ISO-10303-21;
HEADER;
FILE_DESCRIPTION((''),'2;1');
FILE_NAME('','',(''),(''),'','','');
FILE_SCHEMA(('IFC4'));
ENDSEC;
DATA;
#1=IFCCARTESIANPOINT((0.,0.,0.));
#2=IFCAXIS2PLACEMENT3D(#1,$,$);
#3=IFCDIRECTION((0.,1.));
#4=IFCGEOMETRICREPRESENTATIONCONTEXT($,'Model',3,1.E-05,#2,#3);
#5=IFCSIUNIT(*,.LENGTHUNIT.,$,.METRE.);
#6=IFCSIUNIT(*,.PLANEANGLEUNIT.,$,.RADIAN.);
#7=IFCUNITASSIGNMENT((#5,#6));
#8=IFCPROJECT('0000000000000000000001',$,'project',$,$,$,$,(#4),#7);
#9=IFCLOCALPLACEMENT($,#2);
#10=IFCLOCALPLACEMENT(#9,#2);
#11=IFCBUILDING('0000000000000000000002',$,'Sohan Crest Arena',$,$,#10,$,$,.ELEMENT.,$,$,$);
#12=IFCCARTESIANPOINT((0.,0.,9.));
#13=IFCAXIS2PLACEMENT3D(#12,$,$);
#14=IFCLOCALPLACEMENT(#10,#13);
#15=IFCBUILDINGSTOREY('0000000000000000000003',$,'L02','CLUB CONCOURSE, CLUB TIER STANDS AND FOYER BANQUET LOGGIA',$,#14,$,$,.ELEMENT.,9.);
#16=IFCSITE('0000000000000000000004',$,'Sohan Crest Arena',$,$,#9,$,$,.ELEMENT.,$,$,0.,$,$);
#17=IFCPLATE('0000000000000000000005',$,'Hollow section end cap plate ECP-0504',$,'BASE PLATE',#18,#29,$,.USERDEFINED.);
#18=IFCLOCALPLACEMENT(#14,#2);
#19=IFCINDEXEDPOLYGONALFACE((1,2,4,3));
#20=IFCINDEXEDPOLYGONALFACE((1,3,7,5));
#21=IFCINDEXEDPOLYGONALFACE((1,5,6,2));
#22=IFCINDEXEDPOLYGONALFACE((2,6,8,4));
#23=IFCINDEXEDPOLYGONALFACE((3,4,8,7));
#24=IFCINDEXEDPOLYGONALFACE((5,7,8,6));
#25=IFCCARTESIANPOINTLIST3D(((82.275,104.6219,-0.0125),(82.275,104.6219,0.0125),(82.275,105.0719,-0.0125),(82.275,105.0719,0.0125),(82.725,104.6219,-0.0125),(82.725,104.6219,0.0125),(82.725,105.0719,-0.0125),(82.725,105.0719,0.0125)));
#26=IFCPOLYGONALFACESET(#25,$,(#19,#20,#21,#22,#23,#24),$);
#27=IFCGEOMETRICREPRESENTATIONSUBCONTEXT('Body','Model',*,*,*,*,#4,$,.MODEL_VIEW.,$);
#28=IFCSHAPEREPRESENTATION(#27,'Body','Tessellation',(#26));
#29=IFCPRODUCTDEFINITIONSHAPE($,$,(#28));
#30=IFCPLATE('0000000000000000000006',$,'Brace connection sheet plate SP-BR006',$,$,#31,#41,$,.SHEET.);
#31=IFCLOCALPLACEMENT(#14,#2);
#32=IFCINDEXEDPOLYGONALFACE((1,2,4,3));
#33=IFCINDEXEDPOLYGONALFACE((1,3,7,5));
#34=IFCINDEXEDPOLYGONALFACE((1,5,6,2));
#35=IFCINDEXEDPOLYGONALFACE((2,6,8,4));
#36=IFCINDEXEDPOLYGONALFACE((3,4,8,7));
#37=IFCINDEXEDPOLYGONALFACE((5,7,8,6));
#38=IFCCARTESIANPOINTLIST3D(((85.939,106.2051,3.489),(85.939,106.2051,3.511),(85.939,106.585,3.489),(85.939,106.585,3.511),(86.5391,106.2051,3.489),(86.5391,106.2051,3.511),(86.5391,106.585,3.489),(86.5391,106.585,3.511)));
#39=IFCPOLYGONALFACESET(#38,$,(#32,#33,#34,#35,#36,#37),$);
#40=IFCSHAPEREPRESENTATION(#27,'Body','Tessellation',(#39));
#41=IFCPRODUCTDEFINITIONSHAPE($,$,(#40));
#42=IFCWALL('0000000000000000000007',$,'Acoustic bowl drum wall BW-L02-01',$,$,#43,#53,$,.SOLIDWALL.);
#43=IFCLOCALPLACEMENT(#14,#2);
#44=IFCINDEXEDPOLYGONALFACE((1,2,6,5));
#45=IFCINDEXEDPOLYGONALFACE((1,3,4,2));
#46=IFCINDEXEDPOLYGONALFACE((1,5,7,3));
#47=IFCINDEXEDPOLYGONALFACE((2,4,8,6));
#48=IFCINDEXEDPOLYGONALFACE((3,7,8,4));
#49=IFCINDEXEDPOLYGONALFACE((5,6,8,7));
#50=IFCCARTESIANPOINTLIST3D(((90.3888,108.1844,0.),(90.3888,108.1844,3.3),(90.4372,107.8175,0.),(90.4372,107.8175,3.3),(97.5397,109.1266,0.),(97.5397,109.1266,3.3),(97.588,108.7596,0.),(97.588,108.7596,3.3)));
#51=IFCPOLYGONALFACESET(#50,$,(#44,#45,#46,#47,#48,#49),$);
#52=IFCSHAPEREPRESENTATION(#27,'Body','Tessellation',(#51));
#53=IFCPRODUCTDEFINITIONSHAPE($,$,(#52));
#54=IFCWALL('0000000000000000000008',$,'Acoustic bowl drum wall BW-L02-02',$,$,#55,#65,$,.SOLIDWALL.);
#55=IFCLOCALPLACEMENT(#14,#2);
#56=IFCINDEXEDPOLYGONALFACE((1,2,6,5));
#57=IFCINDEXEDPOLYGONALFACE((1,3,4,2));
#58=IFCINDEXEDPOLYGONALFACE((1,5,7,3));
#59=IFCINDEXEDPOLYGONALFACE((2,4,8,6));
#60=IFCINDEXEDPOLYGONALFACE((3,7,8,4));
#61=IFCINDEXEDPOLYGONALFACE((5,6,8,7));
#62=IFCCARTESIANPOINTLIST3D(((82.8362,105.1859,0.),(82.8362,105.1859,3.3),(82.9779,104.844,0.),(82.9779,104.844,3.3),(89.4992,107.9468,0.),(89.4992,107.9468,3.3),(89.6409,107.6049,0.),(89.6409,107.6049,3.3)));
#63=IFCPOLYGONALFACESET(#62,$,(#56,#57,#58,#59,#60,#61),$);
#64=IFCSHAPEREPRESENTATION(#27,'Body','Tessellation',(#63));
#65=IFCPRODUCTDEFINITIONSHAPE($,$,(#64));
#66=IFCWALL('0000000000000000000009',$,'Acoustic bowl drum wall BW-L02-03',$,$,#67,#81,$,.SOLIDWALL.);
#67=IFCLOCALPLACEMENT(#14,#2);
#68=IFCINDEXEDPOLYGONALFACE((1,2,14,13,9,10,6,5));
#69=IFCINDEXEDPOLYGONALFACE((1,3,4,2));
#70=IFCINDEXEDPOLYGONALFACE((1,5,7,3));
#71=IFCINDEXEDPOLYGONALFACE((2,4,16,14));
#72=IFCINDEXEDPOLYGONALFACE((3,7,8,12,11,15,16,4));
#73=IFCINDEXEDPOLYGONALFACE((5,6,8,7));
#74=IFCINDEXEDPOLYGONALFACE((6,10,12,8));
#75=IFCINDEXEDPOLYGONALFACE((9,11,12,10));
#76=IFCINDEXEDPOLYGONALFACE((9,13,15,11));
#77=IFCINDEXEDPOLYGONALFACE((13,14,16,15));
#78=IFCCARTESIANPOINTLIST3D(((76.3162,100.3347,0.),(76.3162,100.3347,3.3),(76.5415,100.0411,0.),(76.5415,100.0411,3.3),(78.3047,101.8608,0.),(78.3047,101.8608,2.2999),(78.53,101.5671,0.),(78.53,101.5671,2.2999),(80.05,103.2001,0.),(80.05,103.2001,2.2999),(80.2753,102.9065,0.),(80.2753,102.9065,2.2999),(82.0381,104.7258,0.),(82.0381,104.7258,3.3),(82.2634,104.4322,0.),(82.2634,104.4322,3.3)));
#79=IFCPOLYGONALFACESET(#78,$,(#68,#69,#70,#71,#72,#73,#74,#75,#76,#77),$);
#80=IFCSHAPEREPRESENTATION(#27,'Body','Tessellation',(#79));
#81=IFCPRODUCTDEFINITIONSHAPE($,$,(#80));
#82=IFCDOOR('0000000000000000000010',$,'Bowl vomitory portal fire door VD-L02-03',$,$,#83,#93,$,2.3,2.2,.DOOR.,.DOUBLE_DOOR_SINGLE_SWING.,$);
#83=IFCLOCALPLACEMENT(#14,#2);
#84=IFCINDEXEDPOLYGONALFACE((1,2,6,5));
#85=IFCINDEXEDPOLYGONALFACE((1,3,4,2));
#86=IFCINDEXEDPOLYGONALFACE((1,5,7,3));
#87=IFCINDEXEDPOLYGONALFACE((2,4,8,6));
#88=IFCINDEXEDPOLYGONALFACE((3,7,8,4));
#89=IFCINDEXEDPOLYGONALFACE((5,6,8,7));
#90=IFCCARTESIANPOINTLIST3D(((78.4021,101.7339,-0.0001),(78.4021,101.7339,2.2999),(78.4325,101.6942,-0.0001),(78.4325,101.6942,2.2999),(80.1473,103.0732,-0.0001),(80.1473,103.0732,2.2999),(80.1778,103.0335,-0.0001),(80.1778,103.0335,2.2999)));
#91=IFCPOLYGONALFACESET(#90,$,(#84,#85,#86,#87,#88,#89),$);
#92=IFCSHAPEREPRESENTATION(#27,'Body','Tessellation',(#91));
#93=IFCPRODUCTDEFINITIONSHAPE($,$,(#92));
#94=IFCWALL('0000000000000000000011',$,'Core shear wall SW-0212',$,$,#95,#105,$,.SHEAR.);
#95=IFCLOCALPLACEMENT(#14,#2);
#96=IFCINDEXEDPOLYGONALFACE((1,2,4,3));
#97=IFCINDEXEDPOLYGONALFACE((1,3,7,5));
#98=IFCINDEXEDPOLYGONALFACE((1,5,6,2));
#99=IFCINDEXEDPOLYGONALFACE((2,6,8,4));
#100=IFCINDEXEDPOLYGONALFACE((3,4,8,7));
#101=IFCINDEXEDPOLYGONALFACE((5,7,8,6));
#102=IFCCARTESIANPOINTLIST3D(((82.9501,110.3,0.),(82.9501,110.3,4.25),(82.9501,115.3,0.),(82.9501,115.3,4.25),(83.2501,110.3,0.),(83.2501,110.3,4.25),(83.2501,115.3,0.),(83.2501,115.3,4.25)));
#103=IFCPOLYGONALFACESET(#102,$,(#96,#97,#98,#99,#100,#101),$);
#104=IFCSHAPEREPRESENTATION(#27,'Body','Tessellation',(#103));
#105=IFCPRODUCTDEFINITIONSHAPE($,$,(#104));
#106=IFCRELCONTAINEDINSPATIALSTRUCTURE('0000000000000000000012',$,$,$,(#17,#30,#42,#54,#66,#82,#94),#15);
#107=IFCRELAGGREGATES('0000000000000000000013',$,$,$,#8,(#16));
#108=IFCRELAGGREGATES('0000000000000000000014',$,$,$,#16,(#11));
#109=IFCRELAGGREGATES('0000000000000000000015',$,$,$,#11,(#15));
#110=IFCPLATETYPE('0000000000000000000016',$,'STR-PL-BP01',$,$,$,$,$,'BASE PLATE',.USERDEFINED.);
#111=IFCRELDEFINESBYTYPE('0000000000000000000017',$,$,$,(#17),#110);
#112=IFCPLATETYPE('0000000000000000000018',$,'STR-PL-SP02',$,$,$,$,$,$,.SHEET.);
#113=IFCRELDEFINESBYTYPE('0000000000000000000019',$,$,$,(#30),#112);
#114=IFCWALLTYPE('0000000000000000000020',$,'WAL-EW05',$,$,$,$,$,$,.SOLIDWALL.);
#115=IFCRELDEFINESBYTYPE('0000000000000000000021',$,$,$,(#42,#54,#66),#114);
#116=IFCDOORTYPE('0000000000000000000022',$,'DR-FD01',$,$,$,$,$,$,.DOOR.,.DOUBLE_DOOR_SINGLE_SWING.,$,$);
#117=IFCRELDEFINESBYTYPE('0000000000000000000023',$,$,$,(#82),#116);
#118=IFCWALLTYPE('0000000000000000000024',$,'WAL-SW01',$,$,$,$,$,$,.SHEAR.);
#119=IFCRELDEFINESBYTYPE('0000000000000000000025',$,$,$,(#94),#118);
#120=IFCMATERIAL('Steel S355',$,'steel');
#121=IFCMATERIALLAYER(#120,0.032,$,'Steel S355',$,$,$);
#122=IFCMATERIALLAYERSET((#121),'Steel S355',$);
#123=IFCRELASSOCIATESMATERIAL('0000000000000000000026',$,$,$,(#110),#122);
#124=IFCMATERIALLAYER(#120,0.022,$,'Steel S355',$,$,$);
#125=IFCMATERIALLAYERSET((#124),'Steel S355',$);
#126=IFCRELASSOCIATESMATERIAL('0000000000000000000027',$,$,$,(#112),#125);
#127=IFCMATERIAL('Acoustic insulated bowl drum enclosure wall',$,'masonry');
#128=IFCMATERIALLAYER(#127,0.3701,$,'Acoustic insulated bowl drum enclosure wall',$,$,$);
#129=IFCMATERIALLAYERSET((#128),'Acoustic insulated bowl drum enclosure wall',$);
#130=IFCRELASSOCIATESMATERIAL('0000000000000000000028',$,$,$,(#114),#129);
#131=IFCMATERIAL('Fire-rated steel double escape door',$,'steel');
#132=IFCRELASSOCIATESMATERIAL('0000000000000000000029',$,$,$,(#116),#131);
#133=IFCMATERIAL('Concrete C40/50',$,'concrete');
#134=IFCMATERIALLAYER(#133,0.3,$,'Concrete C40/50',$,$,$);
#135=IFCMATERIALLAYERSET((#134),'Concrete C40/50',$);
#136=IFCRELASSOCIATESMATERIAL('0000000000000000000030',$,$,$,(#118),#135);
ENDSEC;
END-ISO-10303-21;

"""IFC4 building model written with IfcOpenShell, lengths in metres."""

from ifc_helpers import new_model, si_unit, direction, frame, frame_2d, origin, origin_2d, place, context, subcontext, project, spatial, rectangle, extrude, material, layer, layer_set, type_object, element, fill, save


model = new_model("IFC4")

# Units and contexts
model_context = context("Model", 3, precision=1e-05, world=origin(), true_north=direction((0.0, 1.0)))
body_context = subcontext(model_context, "Body", "Model", "MODEL_VIEW")
ifc_project = project(units=[si_unit("LENGTHUNIT", "METRE"), si_unit("PLANEANGLEUNIT", "RADIAN")], contexts=[model_context])

# Site, building, storey
site_placement = place(None, origin())
site = spatial("IfcSite", under=ifc_project, at=site_placement, Name="Sohan Crest Arena", CompositionType="ELEMENT", RefElevation=0.0)
building_placement = place(site_placement, origin())
building = spatial("IfcBuilding", under=site, at=building_placement, Name="Sohan Crest Arena", CompositionType="ELEMENT")
storey_placement = place(building_placement, frame((0.0, 0.0, 9.0)))
storey = spatial("IfcBuildingStorey", under=building, at=storey_placement, Name="L02", Description="CLUB CONCOURSE, CLUB TIER STANDS AND FOYER BANQUET LOGGIA", CompositionType="ELEMENT", Elevation=9.0)

# Shared definitions
ifc_material_1 = material(Name="Concrete C40/50", Category="concrete")
ifc_material_2 = material(Name="Steel S355", Category="steel")

# Plates
ifc_layer_1 = layer(ifc_material_2, 0.032, Name="Steel S355")
ifc_layer_set_1 = layer_set([ifc_layer_1], Name="Steel S355")
plate_type_1 = type_object("IfcPlateType", Name="STR-PL-BP01", ElementType="BASE PLATE", PredefinedType="USERDEFINED", material=ifc_layer_set_1)
for number, where, z_axis, x_axis, name in (
    (1, (82.5, 104.8469, -0.0125), (0.0, 0.0, 1.0), (1.0, 0.0, 0.0), "Hollow section end cap plate ECP-0504"),
):
    element("IfcPlate", number, at=place(storey_placement, frame(where, z_axis=z_axis, x_axis=x_axis)), inside=storey, type_object=plate_type_1, Name=name, ObjectType="BASE PLATE", PredefinedType="USERDEFINED", context=body_context, shape_type="SweptSolid", body=[
        extrude(rectangle(XDim=0.45, YDim=0.45, at=origin_2d()), origin(), (0.0, 0.0, 1.0), 0.0249),
    ])
ifc_layer_2 = layer(ifc_material_2, 0.022, Name="Steel S355")
ifc_layer_set_2 = layer_set([ifc_layer_2], Name="Steel S355")
plate_type_2 = type_object("IfcPlateType", Name="STR-PL-SP02", PredefinedType="SHEET", material=ifc_layer_set_2)
plate_placement = place(storey_placement, frame((86.239, 106.395, 3.489), z_axis=(0.0, 0.0, 1.0), x_axis=(1.0, 0.0, 0.0)))
element("IfcPlate", 2, at=plate_placement, inside=storey, type_object=plate_type_2, Name="Brace connection sheet plate SP-BR006", PredefinedType="SHEET", context=body_context, shape_type="SweptSolid", body=[
    extrude(rectangle(XDim=0.6001, YDim=0.3799, at=origin_2d()), origin(), (0.0, 0.0, 1.0), 0.022),
])

# Walls
ifc_material_3 = material(Name="Acoustic insulated bowl drum enclosure wall", Category="masonry")
ifc_layer_3 = layer(ifc_material_3, 0.3701, Name="Acoustic insulated bowl drum enclosure wall")
ifc_layer_set_3 = layer_set([ifc_layer_3], Name="Acoustic insulated bowl drum enclosure wall")
wall_type_1 = type_object("IfcWallType", Name="WAL-EW05", PredefinedType="SOLIDWALL", material=ifc_layer_set_3)
wall_1_placement = place(storey_placement, frame((97.564, 108.9431, 0.0), z_axis=(0.0, 0.0, 1.0), x_axis=(-0.991432, -0.130623, 0.0)))
element("IfcWall", 3, at=wall_1_placement, inside=storey, type_object=wall_type_1, Name="Acoustic bowl drum wall BW-L02-01", PredefinedType="SOLIDWALL", context=body_context, shape_type="SweptSolid", body=[
    extrude(rectangle(XDim=7.2126, YDim=0.3701, at=frame_2d((3.6064, 0.0))), origin(), (0.0, 0.0, 1.0), 3.3),
])
wall_2_placement = place(storey_placement, frame((89.5701, 107.7759, 0.0), z_axis=(0.0, 0.0, 1.0), x_axis=(-0.923828, -0.382807, 0.0)))
element("IfcWall", 4, at=wall_2_placement, inside=storey, type_object=wall_type_1, Name="Acoustic bowl drum wall BW-L02-02", PredefinedType="SOLIDWALL", context=body_context, shape_type="SweptSolid", body=[
    extrude(rectangle(XDim=7.2124, YDim=0.3701, at=frame_2d((3.6062, 0.0))), origin(), (0.0, 0.0, 1.0), 3.3),
])

# Wall, opening, door
wall_3_placement = place(storey_placement, frame((82.1509, 104.5791, 0.0), z_axis=(0.0, 0.0, 1.0), x_axis=(-0.793318, -0.608807, 0.0)))
wall_3 = element("IfcWall", 5, at=wall_3_placement, inside=storey, type_object=wall_type_1, Name="Acoustic bowl drum wall BW-L02-03", PredefinedType="SOLIDWALL", context=body_context, shape_type="SweptSolid", body=[
    extrude(rectangle(XDim=7.2126, YDim=0.3701, at=frame_2d((3.6064, 0.0))), origin(), (0.0, 0.0, 1.0), 3.3),
])
opening_placement = place(wall_3_placement, frame((2.5061, 0.0, 0.0)))
opening = element("IfcOpeningElement", 6, at=opening_placement, cuts=wall_3, PredefinedType="OPENING", context=body_context, shape_type="SweptSolid", body=[
    extrude(rectangle(XDim=2.2, YDim=2.3, at=frame_2d((1.1001, 1.1499))), frame((0.0, 0.1951, 0.0), z_axis=(0.0, -1.0, 0.0), x_axis=(1.0, 0.0, 0.0)), (0.0, 0.0, 1.0), 0.3901),
])
ifc_material_4 = material(Name="Fire-rated steel double escape door", Category="steel")
door_type = type_object("IfcDoorType", Name="DR-FD01", OperationType="DOUBLE_DOOR_SINGLE_SWING", PredefinedType="DOOR", material=ifc_material_4)
door_placement = place(opening_placement, origin())
door = element("IfcDoor", 7, at=door_placement, inside=storey, type_object=door_type, Name="Bowl vomitory portal fire door VD-L02-03", OperationType="DOUBLE_DOOR_SINGLE_SWING", OverallHeight=2.3, OverallWidth=2.2, PredefinedType="DOOR", context=body_context, shape_type="SweptSolid", body=[
    extrude(rectangle(XDim=2.2, YDim=2.3, at=frame_2d((1.1001, 1.1499))), frame((0.0, 0.0249, 0.0), z_axis=(0.0, -1.0, 0.0), x_axis=(1.0, 0.0, 0.0)), (0.0, 0.0, 1.0), 0.05),
])
fill(opening, door)

# Wall
ifc_layer_4 = layer(ifc_material_1, 0.3, Name="Concrete C40/50")
ifc_layer_set_4 = layer_set([ifc_layer_4], Name="Concrete C40/50")
wall_type_2 = type_object("IfcWallType", Name="WAL-SW01", PredefinedType="SHEAR", material=ifc_layer_set_4)
wall_4_placement = place(storey_placement, frame((83.1001, 110.3, 0.0), z_axis=(0.0, 0.0, 1.0), x_axis=(0.0, 1.0, 0.0)))
element("IfcWall", 8, at=wall_4_placement, inside=storey, type_object=wall_type_2, Name="Core shear wall SW-0212", PredefinedType="SHEAR", context=body_context, shape_type="SweptSolid", body=[
    extrude(rectangle(XDim=5.0, YDim=0.3, at=frame_2d((2.5, 0.0))), origin(), (0.0, 0.0, 1.0), 4.25),
])

save(model, "model.ifc")
